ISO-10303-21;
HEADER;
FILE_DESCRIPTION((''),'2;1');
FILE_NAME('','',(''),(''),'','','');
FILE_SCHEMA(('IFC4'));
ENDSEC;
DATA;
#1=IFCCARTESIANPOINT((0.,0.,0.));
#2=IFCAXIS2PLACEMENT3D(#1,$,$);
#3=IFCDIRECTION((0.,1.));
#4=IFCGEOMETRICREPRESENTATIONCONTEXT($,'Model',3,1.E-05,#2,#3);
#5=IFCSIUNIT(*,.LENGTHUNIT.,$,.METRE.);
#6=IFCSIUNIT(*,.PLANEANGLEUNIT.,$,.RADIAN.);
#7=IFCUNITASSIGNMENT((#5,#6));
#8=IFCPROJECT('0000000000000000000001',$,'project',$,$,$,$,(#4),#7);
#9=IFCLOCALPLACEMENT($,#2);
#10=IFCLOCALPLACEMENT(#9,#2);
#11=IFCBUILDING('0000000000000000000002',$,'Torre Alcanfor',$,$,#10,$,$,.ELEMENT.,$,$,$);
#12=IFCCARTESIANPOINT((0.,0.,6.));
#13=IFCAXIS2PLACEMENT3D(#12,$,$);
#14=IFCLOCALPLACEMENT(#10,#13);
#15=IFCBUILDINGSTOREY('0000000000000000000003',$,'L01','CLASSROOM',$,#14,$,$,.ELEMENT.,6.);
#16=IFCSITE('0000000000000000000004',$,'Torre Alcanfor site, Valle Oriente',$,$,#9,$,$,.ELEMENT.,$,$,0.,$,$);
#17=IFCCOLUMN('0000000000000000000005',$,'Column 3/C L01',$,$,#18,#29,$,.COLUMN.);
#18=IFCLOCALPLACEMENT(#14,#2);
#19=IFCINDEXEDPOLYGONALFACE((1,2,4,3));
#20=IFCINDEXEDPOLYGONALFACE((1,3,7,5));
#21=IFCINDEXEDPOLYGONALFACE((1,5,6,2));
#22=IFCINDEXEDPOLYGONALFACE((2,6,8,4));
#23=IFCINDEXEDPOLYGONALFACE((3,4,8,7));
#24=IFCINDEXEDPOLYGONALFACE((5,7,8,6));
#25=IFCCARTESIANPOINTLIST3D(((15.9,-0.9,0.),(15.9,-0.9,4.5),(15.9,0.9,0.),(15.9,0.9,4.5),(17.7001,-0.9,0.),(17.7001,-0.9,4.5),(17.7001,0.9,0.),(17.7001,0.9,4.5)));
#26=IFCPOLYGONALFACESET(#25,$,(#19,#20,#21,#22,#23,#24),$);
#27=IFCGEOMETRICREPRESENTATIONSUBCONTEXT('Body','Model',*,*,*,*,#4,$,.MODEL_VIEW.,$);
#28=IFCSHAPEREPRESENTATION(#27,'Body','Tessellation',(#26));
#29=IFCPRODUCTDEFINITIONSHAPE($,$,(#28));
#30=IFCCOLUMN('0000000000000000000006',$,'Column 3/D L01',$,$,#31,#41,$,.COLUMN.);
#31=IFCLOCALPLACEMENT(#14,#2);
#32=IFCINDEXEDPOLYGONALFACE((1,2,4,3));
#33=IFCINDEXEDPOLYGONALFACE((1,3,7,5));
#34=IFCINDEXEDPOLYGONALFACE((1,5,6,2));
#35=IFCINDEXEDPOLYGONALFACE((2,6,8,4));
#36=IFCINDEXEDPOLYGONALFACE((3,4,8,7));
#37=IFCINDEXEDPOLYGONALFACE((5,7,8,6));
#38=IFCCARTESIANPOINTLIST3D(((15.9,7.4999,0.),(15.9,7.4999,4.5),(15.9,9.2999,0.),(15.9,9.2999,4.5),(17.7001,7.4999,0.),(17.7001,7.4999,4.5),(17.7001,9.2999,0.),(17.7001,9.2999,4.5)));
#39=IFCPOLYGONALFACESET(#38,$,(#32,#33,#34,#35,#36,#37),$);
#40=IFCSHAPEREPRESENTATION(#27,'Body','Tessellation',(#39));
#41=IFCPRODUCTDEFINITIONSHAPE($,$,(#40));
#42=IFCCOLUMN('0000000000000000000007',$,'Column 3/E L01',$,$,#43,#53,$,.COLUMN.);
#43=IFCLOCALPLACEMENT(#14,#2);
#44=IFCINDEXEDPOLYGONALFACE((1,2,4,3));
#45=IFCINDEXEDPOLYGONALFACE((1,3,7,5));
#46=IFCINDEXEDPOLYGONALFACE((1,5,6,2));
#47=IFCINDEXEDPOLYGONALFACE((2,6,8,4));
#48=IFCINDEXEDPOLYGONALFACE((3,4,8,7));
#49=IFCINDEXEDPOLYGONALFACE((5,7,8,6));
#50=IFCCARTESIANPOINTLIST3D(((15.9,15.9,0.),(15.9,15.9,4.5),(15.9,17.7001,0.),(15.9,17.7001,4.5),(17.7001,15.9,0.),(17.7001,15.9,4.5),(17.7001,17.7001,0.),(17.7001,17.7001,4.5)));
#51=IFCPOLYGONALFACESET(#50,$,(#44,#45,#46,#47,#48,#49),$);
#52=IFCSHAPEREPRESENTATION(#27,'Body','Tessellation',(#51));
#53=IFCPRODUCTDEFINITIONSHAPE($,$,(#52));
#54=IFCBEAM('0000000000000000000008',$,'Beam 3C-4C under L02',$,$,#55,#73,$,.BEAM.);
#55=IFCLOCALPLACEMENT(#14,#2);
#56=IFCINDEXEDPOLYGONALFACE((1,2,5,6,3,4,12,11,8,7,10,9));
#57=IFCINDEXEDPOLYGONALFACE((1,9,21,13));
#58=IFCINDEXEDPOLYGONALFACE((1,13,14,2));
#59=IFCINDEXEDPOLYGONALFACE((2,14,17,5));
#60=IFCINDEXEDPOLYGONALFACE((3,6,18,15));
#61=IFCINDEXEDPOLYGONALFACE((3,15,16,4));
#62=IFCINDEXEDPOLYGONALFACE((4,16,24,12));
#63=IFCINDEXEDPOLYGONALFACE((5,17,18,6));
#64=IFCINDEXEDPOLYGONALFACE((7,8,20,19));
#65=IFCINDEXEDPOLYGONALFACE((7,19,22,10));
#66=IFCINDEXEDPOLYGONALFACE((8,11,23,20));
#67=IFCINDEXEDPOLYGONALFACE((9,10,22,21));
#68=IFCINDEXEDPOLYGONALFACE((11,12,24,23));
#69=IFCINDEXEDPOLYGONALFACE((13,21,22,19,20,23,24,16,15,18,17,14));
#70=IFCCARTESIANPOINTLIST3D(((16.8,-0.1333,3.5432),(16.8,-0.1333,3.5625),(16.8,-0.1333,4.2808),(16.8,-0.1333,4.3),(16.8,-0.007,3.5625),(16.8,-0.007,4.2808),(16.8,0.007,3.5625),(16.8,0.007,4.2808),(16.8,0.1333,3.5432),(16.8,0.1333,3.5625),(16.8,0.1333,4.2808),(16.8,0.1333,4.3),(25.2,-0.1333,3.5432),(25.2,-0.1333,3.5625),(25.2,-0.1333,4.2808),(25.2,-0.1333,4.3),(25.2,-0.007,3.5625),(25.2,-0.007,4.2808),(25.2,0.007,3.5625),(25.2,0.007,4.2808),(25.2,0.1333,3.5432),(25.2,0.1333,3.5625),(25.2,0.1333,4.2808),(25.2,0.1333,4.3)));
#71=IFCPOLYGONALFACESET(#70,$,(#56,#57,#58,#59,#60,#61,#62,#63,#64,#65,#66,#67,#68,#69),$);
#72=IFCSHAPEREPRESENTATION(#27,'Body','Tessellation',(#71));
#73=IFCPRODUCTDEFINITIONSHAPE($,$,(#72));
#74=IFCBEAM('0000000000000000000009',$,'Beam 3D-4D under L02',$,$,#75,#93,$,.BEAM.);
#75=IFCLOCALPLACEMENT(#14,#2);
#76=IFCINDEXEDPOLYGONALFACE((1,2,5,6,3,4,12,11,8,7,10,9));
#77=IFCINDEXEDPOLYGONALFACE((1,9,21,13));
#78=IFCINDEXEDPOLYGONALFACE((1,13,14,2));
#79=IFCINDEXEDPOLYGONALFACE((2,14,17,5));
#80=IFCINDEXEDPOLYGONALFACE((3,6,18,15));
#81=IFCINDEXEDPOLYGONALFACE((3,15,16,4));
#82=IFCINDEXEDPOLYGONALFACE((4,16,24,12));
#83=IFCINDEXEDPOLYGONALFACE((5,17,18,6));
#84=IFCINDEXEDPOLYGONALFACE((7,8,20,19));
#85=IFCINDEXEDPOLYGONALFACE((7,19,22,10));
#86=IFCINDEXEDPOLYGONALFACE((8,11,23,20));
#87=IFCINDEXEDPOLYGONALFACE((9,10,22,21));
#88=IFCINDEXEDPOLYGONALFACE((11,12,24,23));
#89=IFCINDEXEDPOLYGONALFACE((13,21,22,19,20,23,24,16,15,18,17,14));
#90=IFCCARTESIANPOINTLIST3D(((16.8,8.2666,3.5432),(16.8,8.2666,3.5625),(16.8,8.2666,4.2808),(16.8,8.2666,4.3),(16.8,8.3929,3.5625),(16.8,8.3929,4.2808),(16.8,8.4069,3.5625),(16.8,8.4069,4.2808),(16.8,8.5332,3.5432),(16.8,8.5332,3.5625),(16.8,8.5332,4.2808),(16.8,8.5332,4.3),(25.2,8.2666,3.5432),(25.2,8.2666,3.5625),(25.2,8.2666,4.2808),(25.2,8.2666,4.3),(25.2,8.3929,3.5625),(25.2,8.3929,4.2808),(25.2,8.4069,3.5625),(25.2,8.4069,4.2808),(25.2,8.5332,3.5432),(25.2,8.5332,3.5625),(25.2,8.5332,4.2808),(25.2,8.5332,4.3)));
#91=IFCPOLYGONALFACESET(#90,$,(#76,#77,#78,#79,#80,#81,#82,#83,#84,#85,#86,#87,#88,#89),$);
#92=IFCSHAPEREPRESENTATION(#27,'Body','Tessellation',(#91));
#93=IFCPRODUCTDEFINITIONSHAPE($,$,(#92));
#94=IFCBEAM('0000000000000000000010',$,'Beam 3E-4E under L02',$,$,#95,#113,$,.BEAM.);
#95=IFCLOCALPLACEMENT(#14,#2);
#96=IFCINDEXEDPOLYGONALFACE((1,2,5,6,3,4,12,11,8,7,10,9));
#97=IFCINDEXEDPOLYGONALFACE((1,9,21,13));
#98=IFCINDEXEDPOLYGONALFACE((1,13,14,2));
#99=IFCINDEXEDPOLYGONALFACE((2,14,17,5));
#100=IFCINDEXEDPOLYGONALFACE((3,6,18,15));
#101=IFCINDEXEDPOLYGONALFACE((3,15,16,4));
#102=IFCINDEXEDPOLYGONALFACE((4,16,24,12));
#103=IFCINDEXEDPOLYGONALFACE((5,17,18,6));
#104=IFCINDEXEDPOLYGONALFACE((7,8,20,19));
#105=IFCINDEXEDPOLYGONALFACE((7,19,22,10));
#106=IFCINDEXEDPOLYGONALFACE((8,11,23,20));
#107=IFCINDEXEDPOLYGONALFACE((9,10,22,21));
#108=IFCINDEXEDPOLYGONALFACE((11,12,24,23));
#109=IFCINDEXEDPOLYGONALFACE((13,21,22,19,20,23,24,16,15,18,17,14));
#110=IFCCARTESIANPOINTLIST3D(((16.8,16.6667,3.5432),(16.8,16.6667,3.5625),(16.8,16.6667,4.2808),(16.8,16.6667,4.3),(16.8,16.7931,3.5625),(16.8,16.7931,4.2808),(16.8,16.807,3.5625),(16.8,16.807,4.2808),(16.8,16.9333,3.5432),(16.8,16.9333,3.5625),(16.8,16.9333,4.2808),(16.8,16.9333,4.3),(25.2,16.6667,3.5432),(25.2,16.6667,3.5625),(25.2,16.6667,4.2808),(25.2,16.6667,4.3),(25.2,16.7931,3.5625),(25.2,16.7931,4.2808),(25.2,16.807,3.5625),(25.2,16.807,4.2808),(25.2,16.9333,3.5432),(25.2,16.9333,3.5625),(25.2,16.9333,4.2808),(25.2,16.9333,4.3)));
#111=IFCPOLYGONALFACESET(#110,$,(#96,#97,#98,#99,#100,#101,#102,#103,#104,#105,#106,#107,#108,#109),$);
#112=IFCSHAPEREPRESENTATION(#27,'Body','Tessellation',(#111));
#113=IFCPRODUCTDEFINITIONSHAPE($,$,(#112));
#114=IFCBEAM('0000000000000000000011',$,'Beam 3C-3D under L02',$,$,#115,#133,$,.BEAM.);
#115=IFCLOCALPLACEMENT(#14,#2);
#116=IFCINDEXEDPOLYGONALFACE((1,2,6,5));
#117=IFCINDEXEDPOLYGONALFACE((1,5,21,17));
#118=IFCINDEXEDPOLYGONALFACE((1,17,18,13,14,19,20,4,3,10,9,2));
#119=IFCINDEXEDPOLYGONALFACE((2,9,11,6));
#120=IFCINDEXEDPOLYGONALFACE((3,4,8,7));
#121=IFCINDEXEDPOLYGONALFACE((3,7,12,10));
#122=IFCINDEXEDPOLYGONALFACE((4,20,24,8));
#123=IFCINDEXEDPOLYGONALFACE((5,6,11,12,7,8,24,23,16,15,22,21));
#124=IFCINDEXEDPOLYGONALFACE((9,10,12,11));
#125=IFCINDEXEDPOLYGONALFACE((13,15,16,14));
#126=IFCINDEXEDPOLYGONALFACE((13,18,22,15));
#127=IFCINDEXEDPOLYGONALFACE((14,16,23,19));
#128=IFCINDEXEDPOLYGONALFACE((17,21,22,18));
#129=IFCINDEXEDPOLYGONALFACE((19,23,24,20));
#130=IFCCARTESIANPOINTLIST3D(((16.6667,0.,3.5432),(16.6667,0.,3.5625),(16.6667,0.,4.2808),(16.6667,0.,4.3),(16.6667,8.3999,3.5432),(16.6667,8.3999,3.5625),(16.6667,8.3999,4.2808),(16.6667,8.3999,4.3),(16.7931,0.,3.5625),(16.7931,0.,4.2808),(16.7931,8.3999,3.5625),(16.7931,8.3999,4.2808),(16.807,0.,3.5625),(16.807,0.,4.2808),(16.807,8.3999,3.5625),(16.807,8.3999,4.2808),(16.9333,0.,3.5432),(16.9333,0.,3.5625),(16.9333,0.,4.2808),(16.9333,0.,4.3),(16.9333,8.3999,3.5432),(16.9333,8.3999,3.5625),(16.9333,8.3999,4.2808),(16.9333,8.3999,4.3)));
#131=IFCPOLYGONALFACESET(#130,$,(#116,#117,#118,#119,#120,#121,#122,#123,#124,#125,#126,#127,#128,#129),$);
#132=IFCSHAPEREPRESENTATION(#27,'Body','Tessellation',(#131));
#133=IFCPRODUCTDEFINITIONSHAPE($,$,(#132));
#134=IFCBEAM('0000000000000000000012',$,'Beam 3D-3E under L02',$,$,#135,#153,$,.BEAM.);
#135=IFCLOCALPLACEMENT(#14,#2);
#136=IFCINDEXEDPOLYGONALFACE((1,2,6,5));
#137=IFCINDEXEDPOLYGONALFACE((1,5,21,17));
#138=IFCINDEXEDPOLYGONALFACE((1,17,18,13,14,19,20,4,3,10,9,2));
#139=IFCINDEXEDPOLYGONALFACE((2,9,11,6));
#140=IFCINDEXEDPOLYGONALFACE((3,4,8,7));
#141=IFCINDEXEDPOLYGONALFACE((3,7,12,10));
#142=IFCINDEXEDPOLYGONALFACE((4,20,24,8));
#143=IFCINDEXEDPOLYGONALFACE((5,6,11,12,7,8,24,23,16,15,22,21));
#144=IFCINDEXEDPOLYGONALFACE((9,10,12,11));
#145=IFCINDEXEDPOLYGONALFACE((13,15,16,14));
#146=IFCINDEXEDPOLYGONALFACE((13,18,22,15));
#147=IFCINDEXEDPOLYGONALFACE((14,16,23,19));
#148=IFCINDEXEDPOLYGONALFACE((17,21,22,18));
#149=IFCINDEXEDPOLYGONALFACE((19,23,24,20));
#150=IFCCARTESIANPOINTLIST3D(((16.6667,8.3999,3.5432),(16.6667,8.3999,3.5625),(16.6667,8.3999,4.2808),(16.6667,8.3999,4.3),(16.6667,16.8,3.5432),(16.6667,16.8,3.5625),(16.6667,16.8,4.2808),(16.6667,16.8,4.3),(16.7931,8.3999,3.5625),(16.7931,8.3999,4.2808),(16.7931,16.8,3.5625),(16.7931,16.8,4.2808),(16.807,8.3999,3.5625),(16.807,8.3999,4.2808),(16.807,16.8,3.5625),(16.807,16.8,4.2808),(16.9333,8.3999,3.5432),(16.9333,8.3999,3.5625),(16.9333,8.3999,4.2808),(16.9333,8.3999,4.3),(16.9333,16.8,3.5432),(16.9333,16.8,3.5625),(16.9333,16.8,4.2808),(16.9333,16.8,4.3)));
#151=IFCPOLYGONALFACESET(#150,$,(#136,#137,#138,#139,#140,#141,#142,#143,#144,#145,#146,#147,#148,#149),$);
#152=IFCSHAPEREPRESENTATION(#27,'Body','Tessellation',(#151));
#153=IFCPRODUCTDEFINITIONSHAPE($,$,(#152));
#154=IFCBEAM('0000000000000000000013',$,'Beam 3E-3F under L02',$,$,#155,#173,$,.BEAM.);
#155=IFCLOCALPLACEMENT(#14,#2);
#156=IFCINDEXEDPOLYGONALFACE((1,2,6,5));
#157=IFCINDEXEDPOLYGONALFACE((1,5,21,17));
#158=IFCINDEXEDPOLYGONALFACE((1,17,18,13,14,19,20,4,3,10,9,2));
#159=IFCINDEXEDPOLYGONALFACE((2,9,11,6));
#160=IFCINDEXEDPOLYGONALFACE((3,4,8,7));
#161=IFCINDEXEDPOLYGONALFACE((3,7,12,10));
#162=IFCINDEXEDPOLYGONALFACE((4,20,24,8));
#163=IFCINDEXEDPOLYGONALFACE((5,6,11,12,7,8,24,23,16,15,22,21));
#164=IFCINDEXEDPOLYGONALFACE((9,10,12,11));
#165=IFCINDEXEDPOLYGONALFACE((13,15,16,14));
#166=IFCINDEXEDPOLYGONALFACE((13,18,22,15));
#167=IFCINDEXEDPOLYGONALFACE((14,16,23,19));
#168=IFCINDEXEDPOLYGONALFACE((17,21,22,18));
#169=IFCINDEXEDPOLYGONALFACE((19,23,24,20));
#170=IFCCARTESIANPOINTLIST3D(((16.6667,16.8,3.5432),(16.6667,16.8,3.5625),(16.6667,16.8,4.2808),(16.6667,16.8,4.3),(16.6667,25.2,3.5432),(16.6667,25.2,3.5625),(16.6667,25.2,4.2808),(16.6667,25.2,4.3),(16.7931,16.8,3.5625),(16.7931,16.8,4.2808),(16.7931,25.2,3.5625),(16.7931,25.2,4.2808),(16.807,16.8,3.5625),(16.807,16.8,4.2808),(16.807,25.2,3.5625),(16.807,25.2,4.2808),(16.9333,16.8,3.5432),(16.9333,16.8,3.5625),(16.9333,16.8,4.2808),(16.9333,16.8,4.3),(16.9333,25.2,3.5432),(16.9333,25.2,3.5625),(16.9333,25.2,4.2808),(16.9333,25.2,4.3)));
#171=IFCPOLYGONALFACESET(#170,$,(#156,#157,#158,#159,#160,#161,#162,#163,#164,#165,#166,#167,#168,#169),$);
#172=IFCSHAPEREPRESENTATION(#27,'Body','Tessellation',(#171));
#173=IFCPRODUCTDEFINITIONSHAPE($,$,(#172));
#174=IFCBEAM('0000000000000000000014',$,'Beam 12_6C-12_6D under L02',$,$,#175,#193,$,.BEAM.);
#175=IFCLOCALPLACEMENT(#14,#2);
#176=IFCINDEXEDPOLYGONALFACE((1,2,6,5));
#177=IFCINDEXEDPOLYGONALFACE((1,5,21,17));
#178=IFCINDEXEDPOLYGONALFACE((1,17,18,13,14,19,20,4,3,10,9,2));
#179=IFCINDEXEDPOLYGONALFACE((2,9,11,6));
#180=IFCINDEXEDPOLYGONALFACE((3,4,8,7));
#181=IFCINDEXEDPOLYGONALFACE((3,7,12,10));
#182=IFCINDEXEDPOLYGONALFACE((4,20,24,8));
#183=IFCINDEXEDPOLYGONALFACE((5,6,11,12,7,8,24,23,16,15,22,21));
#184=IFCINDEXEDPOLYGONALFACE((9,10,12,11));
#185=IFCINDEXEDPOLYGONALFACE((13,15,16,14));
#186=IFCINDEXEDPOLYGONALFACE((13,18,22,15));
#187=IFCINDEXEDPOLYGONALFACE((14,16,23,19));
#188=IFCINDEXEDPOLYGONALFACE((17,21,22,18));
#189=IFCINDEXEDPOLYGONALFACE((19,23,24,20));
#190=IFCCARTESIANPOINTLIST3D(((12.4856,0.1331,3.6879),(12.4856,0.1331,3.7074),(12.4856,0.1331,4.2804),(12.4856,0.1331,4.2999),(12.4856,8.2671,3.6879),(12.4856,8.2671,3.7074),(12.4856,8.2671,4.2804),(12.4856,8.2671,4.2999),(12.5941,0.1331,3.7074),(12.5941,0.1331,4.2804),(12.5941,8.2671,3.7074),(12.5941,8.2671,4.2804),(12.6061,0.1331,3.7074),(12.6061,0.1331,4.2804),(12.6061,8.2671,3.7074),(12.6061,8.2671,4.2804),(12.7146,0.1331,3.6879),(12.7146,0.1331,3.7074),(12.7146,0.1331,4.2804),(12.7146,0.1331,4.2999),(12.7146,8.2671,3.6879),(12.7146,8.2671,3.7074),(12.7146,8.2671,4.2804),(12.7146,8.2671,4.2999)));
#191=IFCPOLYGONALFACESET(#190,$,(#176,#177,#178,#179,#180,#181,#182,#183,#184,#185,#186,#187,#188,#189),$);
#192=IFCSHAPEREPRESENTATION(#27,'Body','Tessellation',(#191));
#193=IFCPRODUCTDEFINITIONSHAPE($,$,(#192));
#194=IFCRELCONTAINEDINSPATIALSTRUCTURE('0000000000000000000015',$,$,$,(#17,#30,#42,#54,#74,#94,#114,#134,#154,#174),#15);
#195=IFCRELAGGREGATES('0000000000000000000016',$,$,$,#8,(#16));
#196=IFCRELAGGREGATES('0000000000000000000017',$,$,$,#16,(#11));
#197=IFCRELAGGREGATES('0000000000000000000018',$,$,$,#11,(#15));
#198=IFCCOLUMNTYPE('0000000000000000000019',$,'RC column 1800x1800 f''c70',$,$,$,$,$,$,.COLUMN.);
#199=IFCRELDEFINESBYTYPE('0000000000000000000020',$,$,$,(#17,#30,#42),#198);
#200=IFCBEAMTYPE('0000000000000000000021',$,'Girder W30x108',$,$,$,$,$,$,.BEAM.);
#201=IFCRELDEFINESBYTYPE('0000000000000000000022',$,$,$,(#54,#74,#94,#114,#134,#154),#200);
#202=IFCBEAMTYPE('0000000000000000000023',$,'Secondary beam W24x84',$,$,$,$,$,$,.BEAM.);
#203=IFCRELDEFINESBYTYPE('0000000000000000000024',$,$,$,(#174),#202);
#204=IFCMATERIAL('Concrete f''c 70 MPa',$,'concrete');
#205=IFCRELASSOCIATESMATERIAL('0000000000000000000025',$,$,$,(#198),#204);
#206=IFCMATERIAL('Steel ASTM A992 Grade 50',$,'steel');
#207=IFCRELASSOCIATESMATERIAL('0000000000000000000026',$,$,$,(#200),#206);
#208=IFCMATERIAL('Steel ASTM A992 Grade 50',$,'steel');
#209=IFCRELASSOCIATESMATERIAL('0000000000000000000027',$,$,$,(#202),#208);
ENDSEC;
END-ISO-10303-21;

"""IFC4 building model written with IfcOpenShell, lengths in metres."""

from ifc_helpers import new_model, si_unit, direction, frame, origin, origin_2d, place, context, subcontext, project, spatial, rectangle, i_section, extrude, material, material_profile, profile_set, type_object, element, save


model = new_model("IFC4")

# Units and contexts
model_context = context("Model", 3, precision=1e-05, world=origin(), true_north=direction((0.0, 1.0)))
body_context = subcontext(model_context, "Body", "Model", "MODEL_VIEW")
ifc_project = project(units=[si_unit("LENGTHUNIT", "METRE"), si_unit("PLANEANGLEUNIT", "RADIAN")], contexts=[model_context])

# Site, building, storey
site_placement = place(None, origin())
site = spatial("IfcSite", under=ifc_project, at=site_placement, Name="Torre Alcanfor site, Valle Oriente", CompositionType="ELEMENT", RefElevation=0.0)
building_placement = place(site_placement, origin())
building = spatial("IfcBuilding", under=site, at=building_placement, Name="Torre Alcanfor", CompositionType="ELEMENT")
storey_placement = place(building_placement, frame((0.0, 0.0, 6.0)))
storey = spatial("IfcBuildingStorey", under=building, at=storey_placement, Name="L01", Description="CLASSROOM", CompositionType="ELEMENT", Elevation=6.0)

# Columns
ifc_material_1 = material(Name="Concrete f'c 70 MPa", Category="concrete")
ifc_material_profile_1 = material_profile(ifc_material_1, rectangle(XDim=1.8, YDim=1.8, at=origin_2d()), Name="1800x1800")
ifc_profile_set_1 = profile_set([ifc_material_profile_1], Name="Concrete f'c 70 MPa")
column_type = type_object("IfcColumnType", Name="RC column 1800x1800 f'c70", PredefinedType="COLUMN", material=ifc_profile_set_1)
for number, where, z_axis, x_axis, name in (
    (1, (16.8, 0.0, 0.0), (0.0, 0.0, 1.0), (1.0, 0.0, 0.0), "Column 3/C L01"),
    (2, (16.8, 8.3999, 0.0), (0.0, 0.0, 1.0), (1.0, 0.0, 0.0), "Column 3/D L01"),
    (3, (16.8, 16.8, 0.0), (0.0, 0.0, 1.0), (1.0, 0.0, 0.0), "Column 3/E L01"),
):
    element("IfcColumn", number, at=place(storey_placement, frame(where, z_axis=z_axis, x_axis=x_axis)), inside=storey, type_object=column_type, Name=name, PredefinedType="COLUMN", context=body_context, shape_type="SweptSolid", body=[
        extrude(rectangle(XDim=1.8, YDim=1.8, at=origin_2d()), origin(), (0.0, 0.0, 1.0), 4.5),
    ])

# Beams
ifc_material_2 = material(Name="Steel ASTM A992 Grade 50", Category="steel")
ifc_material_profile_2 = material_profile(ifc_material_2, i_section(OverallWidth=0.2666, OverallDepth=0.7568, WebThickness=0.0139, FlangeThickness=0.0193, at=origin_2d()), Name="W30x108")
ifc_profile_set_2 = profile_set([ifc_material_profile_2], Name="Steel ASTM A992 Grade 50")
beam_type_1 = type_object("IfcBeamType", Name="Girder W30x108", PredefinedType="BEAM", material=ifc_profile_set_2)
for number, where, z_axis, x_axis, name in (
    (4, (16.8, 0.0, 3.9216), (1.0, 0.0, 0.0), (0.0, 1.0, 0.0), "Beam 3C-4C under L02"),
    (5, (16.8, 8.3999, 3.9216), (1.0, 0.0, 0.0), (0.0, 1.0, 0.0), "Beam 3D-4D under L02"),
    (6, (16.8, 16.8, 3.9216), (1.0, 0.0, 0.0), (0.0, 1.0, 0.0), "Beam 3E-4E under L02"),
    (7, (16.8, 0.0, 3.9216), (0.0, 1.0, 0.0), (-1.0, 0.0, 0.0), "Beam 3C-3D under L02"),
):
    element("IfcBeam", number, at=place(storey_placement, frame(where, z_axis=z_axis, x_axis=x_axis)), inside=storey, type_object=beam_type_1, Name=name, PredefinedType="BEAM", context=body_context, shape_type="SweptSolid", body=[
        extrude(i_section(OverallWidth=0.2666, OverallDepth=0.7568, WebThickness=0.0139, FlangeThickness=0.0193, at=origin_2d()), origin(), (0.0, 0.0, 1.0), 8.3999),
    ])
beam_1_placement = place(storey_placement, frame((16.8, 8.3999, 3.9216), z_axis=(0.0, 1.0, 0.0), x_axis=(-1.0, 0.0, 0.0)))
element("IfcBeam", 8, at=beam_1_placement, inside=storey, type_object=beam_type_1, Name="Beam 3D-3E under L02", PredefinedType="BEAM", context=body_context, shape_type="SweptSolid", body=[
    extrude(i_section(OverallWidth=0.2666, OverallDepth=0.7568, WebThickness=0.0139, FlangeThickness=0.0193, at=origin_2d()), origin(), (0.0, 0.0, 1.0), 8.4001),
])
beam_2_placement = place(storey_placement, frame((16.8, 16.8, 3.9216), z_axis=(0.0, 1.0, 0.0), x_axis=(-1.0, 0.0, 0.0)))
element("IfcBeam", 9, at=beam_2_placement, inside=storey, type_object=beam_type_1, Name="Beam 3E-3F under L02", PredefinedType="BEAM", context=body_context, shape_type="SweptSolid", body=[
    extrude(i_section(OverallWidth=0.2666, OverallDepth=0.7568, WebThickness=0.0139, FlangeThickness=0.0193, at=origin_2d()), origin(), (0.0, 0.0, 1.0), 8.3999),
])
ifc_material_3 = material(Name="Steel ASTM A992 Grade 50", Category="steel")
ifc_material_profile_3 = material_profile(ifc_material_3, i_section(OverallWidth=0.229, OverallDepth=0.6121, WebThickness=0.012, FlangeThickness=0.0195, at=origin_2d()), Name="W24x84")
ifc_profile_set_3 = profile_set([ifc_material_profile_3], Name="Steel ASTM A992 Grade 50")
beam_type_2 = type_object("IfcBeamType", Name="Secondary beam W24x84", PredefinedType="BEAM", material=ifc_profile_set_3)
for number, where, z_axis, x_axis, name in (
    (10, (12.6001, 0.1331, 3.9939), (0.0, 1.0, 0.0), (-1.0, 0.0, 0.0), "Beam 12_6C-12_6D under L02"),
):
    element("IfcBeam", number, at=place(storey_placement, frame(where, z_axis=z_axis, x_axis=x_axis)), inside=storey, type_object=beam_type_2, Name=name, PredefinedType="BEAM", context=body_context, shape_type="SweptSolid", body=[
        extrude(i_section(OverallWidth=0.229, OverallDepth=0.6121, WebThickness=0.012, FlangeThickness=0.0195, at=origin_2d()), origin(), (0.0, 0.0, 1.0), 8.134),
    ])

save(model, "model.ifc")
